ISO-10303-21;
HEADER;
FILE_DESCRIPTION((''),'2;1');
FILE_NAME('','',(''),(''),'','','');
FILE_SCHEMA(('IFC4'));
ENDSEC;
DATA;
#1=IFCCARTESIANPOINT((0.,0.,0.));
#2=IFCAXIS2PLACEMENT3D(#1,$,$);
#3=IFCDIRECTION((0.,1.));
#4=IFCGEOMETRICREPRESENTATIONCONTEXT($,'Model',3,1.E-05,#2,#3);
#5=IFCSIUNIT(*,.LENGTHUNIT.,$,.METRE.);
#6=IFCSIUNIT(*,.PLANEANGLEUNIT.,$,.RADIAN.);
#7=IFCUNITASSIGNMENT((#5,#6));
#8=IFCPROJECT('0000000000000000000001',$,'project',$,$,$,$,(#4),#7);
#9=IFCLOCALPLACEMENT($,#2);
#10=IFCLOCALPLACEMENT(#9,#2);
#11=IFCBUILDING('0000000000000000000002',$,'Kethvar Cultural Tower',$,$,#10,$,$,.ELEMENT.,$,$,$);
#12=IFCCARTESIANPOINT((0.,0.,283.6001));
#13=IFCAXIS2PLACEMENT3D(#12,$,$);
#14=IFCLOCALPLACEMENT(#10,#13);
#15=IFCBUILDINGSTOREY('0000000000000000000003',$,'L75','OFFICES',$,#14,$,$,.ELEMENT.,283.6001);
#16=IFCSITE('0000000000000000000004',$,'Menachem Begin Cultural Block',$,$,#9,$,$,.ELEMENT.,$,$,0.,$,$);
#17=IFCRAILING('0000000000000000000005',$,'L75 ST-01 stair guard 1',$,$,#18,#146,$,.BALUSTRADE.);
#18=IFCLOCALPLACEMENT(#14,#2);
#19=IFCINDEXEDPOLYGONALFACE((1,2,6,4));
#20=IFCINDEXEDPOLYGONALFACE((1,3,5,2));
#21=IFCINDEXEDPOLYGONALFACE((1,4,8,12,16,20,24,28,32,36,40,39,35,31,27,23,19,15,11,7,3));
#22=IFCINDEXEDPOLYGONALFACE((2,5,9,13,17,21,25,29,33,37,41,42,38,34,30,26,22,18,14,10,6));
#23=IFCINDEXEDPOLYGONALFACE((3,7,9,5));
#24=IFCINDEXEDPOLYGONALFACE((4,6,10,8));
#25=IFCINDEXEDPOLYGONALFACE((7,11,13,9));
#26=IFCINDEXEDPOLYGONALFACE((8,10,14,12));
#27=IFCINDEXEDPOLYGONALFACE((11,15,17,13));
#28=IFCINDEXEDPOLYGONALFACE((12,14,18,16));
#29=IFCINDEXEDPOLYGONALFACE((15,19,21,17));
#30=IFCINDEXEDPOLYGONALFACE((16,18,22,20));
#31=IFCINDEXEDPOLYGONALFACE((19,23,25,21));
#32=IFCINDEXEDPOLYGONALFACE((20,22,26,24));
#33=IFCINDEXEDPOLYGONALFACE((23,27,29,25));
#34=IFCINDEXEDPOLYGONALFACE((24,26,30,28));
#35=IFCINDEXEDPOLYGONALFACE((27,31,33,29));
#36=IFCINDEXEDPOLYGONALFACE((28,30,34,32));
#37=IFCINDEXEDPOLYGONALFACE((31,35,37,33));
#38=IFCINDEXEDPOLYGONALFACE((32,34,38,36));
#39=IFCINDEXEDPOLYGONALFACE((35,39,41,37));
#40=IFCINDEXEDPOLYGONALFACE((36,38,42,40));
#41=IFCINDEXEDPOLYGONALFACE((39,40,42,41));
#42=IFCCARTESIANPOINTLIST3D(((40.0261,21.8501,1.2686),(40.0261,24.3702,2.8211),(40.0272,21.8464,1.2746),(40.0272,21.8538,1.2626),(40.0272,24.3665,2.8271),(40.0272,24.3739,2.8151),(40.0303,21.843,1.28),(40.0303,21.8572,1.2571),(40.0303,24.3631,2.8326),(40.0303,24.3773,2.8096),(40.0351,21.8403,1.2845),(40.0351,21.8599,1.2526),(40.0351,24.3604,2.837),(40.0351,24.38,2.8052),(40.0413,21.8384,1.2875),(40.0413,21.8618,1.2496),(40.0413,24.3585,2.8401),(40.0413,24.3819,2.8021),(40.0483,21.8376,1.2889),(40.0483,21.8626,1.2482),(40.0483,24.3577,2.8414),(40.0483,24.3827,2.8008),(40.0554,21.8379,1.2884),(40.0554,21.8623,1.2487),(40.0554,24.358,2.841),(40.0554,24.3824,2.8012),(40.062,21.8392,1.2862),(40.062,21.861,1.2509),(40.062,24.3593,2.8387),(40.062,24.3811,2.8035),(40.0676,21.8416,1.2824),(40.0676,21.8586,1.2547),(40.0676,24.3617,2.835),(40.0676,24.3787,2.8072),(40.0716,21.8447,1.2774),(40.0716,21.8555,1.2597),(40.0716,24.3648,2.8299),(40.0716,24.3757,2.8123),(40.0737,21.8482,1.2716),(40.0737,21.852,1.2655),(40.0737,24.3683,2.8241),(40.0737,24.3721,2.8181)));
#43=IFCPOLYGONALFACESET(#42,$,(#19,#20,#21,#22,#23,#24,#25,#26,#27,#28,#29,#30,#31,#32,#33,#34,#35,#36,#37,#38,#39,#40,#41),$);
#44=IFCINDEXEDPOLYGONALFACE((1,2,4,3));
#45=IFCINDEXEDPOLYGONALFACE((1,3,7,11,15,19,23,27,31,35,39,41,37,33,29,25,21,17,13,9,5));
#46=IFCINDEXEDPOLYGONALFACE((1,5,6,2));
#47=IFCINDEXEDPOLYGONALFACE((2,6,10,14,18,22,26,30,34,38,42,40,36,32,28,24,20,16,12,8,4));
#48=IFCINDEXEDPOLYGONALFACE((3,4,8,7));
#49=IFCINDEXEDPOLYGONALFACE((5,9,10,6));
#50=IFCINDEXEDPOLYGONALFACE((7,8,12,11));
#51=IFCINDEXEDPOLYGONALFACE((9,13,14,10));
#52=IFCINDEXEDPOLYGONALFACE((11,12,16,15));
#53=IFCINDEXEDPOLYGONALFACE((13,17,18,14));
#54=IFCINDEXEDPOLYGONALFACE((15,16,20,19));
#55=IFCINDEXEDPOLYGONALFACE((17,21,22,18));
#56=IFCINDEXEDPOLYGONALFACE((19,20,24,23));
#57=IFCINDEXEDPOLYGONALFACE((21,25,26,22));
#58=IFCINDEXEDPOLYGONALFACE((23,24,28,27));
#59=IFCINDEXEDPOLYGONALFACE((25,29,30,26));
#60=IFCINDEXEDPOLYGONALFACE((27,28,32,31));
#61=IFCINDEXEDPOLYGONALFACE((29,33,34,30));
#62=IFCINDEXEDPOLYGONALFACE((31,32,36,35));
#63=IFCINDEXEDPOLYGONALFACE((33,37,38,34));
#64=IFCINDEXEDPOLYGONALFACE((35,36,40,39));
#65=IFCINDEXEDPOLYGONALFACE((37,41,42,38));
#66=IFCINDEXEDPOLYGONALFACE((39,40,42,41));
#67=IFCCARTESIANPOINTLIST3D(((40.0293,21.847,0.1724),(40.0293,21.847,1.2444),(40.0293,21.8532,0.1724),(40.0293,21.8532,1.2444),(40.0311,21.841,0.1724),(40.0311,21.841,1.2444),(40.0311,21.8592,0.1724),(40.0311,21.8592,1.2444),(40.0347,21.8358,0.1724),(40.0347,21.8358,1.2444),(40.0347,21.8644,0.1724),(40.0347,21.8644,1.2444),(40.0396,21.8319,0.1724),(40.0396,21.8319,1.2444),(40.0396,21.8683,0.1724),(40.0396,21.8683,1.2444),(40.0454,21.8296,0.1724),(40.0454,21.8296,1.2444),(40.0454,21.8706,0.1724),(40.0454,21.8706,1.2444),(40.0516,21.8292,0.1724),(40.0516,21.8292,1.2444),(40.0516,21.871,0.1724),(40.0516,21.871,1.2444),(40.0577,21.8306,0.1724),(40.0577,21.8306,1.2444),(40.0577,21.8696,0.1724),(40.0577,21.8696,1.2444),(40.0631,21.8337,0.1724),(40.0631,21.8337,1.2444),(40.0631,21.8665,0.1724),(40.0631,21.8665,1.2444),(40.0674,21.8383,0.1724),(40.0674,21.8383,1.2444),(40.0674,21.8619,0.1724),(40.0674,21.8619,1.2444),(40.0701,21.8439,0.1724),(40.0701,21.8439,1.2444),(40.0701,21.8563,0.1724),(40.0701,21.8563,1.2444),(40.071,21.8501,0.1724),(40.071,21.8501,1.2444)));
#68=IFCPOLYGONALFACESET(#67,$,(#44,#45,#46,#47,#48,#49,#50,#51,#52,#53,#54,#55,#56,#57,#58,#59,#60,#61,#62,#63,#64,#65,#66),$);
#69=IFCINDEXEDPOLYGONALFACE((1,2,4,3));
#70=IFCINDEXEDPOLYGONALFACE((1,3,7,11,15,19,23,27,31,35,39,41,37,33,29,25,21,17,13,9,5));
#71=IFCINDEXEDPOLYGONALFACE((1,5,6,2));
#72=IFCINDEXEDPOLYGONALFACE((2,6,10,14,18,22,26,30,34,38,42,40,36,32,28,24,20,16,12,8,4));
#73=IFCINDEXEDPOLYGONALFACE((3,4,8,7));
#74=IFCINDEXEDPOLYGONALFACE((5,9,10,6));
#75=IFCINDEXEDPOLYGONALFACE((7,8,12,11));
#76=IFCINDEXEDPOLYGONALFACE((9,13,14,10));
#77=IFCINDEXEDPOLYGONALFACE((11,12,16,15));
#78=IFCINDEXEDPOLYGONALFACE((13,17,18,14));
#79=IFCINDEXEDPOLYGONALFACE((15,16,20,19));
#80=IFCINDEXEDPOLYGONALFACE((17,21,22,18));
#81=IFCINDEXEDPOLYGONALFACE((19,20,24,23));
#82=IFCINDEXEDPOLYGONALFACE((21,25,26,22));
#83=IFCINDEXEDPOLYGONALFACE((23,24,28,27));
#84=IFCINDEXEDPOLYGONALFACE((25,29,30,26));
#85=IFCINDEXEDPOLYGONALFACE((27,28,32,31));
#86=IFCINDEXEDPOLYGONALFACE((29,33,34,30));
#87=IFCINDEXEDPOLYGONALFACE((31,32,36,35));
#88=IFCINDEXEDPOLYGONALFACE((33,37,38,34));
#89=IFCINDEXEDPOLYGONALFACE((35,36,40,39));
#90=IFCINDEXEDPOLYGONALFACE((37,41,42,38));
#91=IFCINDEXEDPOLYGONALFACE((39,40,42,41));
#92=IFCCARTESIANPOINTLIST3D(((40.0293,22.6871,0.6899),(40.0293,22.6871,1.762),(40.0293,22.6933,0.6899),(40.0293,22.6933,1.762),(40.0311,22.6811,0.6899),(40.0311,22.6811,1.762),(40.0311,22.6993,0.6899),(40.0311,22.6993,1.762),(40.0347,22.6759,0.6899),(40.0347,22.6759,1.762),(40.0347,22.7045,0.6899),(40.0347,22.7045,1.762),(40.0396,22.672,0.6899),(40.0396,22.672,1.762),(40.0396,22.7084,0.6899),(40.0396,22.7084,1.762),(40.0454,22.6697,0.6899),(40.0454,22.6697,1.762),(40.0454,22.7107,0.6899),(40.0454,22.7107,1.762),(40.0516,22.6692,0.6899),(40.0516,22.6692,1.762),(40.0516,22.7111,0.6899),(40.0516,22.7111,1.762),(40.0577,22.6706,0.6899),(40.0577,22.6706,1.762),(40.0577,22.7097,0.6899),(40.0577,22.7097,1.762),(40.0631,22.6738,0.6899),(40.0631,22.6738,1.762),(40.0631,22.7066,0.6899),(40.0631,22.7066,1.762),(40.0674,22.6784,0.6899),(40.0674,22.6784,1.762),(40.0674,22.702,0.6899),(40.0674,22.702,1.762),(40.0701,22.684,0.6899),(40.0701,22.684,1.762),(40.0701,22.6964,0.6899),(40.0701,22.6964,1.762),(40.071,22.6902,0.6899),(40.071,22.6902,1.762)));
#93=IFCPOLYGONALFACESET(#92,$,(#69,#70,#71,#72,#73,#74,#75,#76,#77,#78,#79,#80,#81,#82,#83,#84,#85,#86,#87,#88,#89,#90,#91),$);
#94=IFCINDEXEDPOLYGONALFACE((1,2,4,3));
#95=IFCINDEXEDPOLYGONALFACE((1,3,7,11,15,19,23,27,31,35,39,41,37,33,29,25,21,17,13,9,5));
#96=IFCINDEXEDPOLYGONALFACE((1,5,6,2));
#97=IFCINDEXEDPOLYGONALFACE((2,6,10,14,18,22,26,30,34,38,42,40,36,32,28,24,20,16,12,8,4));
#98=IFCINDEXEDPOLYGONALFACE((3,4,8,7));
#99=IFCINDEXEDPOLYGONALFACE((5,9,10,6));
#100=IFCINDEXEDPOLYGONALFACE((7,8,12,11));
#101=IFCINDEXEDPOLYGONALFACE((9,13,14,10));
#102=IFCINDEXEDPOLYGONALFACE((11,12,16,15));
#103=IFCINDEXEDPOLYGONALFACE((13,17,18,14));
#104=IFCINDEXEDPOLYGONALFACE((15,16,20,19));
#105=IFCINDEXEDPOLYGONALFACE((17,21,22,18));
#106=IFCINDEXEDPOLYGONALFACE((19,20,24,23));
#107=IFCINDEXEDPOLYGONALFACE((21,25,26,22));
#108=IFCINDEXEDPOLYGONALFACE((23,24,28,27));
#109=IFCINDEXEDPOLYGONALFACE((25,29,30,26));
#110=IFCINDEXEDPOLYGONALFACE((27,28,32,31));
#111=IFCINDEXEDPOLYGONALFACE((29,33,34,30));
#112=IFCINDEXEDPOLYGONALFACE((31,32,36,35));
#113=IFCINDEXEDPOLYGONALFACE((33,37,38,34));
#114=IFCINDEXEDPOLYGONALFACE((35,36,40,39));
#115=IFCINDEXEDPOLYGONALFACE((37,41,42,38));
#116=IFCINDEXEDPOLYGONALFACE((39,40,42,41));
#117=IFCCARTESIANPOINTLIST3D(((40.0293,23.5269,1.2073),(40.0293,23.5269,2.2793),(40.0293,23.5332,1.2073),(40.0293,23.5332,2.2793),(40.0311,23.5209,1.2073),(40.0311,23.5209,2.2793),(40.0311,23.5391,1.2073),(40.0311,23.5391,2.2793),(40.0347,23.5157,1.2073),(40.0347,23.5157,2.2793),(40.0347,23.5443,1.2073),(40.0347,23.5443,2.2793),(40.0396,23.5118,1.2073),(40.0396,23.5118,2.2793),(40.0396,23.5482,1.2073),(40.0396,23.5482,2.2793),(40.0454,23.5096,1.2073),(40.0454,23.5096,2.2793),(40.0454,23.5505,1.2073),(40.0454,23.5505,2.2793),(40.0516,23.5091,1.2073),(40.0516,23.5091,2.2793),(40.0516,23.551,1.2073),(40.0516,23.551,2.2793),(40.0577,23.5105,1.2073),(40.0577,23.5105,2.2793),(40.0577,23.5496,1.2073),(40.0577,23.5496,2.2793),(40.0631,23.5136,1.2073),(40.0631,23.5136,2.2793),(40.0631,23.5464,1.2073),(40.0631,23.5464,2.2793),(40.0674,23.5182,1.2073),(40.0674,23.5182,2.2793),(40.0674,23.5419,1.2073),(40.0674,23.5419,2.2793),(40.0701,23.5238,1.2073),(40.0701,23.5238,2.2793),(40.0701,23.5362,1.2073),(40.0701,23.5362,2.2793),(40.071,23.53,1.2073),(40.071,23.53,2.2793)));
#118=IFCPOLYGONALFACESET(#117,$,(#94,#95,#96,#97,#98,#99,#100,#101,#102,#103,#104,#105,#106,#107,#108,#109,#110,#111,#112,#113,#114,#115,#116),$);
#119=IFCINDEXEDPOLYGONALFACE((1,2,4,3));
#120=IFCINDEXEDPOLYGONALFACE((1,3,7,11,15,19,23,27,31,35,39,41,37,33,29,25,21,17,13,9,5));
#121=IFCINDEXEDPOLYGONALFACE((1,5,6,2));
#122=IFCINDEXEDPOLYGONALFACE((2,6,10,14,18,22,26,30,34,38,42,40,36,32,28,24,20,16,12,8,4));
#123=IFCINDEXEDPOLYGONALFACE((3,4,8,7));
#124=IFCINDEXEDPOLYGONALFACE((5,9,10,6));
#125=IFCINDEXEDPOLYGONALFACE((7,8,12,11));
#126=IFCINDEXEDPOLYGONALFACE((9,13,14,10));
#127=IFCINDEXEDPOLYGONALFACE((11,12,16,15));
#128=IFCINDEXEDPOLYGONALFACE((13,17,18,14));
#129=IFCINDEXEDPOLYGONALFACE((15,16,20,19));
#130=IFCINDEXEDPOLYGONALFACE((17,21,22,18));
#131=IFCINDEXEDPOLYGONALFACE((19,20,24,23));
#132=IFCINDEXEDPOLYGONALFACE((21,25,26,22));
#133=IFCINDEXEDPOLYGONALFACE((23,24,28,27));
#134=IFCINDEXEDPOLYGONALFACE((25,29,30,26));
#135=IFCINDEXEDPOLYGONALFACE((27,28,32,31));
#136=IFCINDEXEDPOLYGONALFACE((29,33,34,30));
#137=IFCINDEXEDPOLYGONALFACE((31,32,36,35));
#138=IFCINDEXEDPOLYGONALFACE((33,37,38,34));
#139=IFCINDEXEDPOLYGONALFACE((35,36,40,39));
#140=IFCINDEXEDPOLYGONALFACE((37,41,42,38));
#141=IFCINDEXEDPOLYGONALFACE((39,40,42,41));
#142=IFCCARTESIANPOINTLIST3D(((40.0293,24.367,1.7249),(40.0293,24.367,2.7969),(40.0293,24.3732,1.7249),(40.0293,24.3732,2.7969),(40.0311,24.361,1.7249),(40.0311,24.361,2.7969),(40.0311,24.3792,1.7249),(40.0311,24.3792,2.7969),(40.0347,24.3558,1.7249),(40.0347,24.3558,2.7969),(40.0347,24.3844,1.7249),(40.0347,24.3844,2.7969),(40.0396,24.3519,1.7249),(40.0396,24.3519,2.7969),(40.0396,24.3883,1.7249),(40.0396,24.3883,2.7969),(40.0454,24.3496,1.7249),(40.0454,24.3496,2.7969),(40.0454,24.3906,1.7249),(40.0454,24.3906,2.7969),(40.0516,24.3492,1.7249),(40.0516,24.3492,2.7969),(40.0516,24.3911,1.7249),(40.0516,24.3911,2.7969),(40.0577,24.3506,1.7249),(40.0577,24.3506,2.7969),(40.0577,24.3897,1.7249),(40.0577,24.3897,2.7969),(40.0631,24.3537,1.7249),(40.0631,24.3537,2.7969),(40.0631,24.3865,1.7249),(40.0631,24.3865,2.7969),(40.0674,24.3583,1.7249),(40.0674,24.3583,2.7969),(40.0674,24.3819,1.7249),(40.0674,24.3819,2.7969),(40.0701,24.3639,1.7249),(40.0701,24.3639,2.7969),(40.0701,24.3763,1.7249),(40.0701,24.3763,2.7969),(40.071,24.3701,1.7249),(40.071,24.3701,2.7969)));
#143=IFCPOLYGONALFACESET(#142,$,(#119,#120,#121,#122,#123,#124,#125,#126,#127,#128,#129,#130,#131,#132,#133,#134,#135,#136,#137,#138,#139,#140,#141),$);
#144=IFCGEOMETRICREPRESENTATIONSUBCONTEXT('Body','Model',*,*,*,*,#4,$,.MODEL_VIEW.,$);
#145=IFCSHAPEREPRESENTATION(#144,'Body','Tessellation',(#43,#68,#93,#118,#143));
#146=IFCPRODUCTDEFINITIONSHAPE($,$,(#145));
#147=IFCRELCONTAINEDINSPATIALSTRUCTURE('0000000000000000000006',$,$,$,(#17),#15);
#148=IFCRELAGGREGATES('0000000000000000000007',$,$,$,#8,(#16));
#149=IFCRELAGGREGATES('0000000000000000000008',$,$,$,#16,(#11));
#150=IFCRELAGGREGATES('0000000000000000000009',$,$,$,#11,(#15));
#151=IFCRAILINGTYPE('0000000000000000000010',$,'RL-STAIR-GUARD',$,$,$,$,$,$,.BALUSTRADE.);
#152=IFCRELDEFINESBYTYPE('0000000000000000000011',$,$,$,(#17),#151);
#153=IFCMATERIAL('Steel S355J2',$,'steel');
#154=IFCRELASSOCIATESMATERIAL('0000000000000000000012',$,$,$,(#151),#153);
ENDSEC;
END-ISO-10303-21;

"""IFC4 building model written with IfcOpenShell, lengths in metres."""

from ifc_helpers import new_model, si_unit, direction, frame, origin, origin_2d, place, context, subcontext, project, spatial, circle, extrude, material, type_object, element, save


model = new_model("IFC4")

# Units and contexts
model_context = context("Model", 3, precision=1e-05, world=origin(), true_north=direction((0.0, 1.0)))
body_context = subcontext(model_context, "Body", "Model", "MODEL_VIEW")
ifc_project = project(units=[si_unit("LENGTHUNIT", "METRE"), si_unit("PLANEANGLEUNIT", "RADIAN")], contexts=[model_context])

# Site, building, storey
site_placement = place(None, origin())
site = spatial("IfcSite", under=ifc_project, at=site_placement, Name="Menachem Begin Cultural Block", CompositionType="ELEMENT", RefElevation=0.0)
building_placement = place(site_placement, origin())
building = spatial("IfcBuilding", under=site, at=building_placement, Name="Kethvar Cultural Tower", CompositionType="ELEMENT")
storey_placement = place(building_placement, frame((0.0, 0.0, 283.6001)))
storey = spatial("IfcBuildingStorey", under=building, at=storey_placement, Name="L75", Description="OFFICES", CompositionType="ELEMENT", Elevation=283.6001)

# Shared definitions
ifc_material_1 = material(Name="Steel S355J2", Category="steel")

# Railing
railing_type_1 = type_object("IfcRailingType", Name="RL-STAIR-GUARD", PredefinedType="BALUSTRADE", material=ifc_material_1)
railing_1_placement = place(storey_placement, frame((40.05, 21.8501, 0.1724)))
element("IfcRailing", 1, at=railing_1_placement, inside=storey, type_object=railing_type_1, Name="L75 ST-01 stair guard 1", PredefinedType="BALUSTRADE", context=body_context, shape_type="SweptSolid", body=[
    extrude(circle(Radius=0.0239, at=origin_2d()), frame((0.0, 0.0, 1.0962), z_axis=(0.0, 0.8514, 0.524516), x_axis=(-1.0, 0.0, 0.0)), (0.0, 0.0, 1.0), 2.96),
    extrude(circle(Radius=0.021, at=origin_2d()), origin(), (0.0, 0.0, 1.0), 1.072),
    extrude(circle(Radius=0.021, at=origin_2d()), frame((0.0, 0.8401, 0.5176)), (0.0, 0.0, 1.0), 1.072),
    extrude(circle(Radius=0.021, at=origin_2d()), frame((0.0, 1.6799, 1.0349)), (0.0, 0.0, 1.0), 1.072),
    extrude(circle(Radius=0.021, at=origin_2d()), frame((0.0, 2.52, 1.5525)), (0.0, 0.0, 1.0), 1.072),
])

save(model, "model.ifc")
